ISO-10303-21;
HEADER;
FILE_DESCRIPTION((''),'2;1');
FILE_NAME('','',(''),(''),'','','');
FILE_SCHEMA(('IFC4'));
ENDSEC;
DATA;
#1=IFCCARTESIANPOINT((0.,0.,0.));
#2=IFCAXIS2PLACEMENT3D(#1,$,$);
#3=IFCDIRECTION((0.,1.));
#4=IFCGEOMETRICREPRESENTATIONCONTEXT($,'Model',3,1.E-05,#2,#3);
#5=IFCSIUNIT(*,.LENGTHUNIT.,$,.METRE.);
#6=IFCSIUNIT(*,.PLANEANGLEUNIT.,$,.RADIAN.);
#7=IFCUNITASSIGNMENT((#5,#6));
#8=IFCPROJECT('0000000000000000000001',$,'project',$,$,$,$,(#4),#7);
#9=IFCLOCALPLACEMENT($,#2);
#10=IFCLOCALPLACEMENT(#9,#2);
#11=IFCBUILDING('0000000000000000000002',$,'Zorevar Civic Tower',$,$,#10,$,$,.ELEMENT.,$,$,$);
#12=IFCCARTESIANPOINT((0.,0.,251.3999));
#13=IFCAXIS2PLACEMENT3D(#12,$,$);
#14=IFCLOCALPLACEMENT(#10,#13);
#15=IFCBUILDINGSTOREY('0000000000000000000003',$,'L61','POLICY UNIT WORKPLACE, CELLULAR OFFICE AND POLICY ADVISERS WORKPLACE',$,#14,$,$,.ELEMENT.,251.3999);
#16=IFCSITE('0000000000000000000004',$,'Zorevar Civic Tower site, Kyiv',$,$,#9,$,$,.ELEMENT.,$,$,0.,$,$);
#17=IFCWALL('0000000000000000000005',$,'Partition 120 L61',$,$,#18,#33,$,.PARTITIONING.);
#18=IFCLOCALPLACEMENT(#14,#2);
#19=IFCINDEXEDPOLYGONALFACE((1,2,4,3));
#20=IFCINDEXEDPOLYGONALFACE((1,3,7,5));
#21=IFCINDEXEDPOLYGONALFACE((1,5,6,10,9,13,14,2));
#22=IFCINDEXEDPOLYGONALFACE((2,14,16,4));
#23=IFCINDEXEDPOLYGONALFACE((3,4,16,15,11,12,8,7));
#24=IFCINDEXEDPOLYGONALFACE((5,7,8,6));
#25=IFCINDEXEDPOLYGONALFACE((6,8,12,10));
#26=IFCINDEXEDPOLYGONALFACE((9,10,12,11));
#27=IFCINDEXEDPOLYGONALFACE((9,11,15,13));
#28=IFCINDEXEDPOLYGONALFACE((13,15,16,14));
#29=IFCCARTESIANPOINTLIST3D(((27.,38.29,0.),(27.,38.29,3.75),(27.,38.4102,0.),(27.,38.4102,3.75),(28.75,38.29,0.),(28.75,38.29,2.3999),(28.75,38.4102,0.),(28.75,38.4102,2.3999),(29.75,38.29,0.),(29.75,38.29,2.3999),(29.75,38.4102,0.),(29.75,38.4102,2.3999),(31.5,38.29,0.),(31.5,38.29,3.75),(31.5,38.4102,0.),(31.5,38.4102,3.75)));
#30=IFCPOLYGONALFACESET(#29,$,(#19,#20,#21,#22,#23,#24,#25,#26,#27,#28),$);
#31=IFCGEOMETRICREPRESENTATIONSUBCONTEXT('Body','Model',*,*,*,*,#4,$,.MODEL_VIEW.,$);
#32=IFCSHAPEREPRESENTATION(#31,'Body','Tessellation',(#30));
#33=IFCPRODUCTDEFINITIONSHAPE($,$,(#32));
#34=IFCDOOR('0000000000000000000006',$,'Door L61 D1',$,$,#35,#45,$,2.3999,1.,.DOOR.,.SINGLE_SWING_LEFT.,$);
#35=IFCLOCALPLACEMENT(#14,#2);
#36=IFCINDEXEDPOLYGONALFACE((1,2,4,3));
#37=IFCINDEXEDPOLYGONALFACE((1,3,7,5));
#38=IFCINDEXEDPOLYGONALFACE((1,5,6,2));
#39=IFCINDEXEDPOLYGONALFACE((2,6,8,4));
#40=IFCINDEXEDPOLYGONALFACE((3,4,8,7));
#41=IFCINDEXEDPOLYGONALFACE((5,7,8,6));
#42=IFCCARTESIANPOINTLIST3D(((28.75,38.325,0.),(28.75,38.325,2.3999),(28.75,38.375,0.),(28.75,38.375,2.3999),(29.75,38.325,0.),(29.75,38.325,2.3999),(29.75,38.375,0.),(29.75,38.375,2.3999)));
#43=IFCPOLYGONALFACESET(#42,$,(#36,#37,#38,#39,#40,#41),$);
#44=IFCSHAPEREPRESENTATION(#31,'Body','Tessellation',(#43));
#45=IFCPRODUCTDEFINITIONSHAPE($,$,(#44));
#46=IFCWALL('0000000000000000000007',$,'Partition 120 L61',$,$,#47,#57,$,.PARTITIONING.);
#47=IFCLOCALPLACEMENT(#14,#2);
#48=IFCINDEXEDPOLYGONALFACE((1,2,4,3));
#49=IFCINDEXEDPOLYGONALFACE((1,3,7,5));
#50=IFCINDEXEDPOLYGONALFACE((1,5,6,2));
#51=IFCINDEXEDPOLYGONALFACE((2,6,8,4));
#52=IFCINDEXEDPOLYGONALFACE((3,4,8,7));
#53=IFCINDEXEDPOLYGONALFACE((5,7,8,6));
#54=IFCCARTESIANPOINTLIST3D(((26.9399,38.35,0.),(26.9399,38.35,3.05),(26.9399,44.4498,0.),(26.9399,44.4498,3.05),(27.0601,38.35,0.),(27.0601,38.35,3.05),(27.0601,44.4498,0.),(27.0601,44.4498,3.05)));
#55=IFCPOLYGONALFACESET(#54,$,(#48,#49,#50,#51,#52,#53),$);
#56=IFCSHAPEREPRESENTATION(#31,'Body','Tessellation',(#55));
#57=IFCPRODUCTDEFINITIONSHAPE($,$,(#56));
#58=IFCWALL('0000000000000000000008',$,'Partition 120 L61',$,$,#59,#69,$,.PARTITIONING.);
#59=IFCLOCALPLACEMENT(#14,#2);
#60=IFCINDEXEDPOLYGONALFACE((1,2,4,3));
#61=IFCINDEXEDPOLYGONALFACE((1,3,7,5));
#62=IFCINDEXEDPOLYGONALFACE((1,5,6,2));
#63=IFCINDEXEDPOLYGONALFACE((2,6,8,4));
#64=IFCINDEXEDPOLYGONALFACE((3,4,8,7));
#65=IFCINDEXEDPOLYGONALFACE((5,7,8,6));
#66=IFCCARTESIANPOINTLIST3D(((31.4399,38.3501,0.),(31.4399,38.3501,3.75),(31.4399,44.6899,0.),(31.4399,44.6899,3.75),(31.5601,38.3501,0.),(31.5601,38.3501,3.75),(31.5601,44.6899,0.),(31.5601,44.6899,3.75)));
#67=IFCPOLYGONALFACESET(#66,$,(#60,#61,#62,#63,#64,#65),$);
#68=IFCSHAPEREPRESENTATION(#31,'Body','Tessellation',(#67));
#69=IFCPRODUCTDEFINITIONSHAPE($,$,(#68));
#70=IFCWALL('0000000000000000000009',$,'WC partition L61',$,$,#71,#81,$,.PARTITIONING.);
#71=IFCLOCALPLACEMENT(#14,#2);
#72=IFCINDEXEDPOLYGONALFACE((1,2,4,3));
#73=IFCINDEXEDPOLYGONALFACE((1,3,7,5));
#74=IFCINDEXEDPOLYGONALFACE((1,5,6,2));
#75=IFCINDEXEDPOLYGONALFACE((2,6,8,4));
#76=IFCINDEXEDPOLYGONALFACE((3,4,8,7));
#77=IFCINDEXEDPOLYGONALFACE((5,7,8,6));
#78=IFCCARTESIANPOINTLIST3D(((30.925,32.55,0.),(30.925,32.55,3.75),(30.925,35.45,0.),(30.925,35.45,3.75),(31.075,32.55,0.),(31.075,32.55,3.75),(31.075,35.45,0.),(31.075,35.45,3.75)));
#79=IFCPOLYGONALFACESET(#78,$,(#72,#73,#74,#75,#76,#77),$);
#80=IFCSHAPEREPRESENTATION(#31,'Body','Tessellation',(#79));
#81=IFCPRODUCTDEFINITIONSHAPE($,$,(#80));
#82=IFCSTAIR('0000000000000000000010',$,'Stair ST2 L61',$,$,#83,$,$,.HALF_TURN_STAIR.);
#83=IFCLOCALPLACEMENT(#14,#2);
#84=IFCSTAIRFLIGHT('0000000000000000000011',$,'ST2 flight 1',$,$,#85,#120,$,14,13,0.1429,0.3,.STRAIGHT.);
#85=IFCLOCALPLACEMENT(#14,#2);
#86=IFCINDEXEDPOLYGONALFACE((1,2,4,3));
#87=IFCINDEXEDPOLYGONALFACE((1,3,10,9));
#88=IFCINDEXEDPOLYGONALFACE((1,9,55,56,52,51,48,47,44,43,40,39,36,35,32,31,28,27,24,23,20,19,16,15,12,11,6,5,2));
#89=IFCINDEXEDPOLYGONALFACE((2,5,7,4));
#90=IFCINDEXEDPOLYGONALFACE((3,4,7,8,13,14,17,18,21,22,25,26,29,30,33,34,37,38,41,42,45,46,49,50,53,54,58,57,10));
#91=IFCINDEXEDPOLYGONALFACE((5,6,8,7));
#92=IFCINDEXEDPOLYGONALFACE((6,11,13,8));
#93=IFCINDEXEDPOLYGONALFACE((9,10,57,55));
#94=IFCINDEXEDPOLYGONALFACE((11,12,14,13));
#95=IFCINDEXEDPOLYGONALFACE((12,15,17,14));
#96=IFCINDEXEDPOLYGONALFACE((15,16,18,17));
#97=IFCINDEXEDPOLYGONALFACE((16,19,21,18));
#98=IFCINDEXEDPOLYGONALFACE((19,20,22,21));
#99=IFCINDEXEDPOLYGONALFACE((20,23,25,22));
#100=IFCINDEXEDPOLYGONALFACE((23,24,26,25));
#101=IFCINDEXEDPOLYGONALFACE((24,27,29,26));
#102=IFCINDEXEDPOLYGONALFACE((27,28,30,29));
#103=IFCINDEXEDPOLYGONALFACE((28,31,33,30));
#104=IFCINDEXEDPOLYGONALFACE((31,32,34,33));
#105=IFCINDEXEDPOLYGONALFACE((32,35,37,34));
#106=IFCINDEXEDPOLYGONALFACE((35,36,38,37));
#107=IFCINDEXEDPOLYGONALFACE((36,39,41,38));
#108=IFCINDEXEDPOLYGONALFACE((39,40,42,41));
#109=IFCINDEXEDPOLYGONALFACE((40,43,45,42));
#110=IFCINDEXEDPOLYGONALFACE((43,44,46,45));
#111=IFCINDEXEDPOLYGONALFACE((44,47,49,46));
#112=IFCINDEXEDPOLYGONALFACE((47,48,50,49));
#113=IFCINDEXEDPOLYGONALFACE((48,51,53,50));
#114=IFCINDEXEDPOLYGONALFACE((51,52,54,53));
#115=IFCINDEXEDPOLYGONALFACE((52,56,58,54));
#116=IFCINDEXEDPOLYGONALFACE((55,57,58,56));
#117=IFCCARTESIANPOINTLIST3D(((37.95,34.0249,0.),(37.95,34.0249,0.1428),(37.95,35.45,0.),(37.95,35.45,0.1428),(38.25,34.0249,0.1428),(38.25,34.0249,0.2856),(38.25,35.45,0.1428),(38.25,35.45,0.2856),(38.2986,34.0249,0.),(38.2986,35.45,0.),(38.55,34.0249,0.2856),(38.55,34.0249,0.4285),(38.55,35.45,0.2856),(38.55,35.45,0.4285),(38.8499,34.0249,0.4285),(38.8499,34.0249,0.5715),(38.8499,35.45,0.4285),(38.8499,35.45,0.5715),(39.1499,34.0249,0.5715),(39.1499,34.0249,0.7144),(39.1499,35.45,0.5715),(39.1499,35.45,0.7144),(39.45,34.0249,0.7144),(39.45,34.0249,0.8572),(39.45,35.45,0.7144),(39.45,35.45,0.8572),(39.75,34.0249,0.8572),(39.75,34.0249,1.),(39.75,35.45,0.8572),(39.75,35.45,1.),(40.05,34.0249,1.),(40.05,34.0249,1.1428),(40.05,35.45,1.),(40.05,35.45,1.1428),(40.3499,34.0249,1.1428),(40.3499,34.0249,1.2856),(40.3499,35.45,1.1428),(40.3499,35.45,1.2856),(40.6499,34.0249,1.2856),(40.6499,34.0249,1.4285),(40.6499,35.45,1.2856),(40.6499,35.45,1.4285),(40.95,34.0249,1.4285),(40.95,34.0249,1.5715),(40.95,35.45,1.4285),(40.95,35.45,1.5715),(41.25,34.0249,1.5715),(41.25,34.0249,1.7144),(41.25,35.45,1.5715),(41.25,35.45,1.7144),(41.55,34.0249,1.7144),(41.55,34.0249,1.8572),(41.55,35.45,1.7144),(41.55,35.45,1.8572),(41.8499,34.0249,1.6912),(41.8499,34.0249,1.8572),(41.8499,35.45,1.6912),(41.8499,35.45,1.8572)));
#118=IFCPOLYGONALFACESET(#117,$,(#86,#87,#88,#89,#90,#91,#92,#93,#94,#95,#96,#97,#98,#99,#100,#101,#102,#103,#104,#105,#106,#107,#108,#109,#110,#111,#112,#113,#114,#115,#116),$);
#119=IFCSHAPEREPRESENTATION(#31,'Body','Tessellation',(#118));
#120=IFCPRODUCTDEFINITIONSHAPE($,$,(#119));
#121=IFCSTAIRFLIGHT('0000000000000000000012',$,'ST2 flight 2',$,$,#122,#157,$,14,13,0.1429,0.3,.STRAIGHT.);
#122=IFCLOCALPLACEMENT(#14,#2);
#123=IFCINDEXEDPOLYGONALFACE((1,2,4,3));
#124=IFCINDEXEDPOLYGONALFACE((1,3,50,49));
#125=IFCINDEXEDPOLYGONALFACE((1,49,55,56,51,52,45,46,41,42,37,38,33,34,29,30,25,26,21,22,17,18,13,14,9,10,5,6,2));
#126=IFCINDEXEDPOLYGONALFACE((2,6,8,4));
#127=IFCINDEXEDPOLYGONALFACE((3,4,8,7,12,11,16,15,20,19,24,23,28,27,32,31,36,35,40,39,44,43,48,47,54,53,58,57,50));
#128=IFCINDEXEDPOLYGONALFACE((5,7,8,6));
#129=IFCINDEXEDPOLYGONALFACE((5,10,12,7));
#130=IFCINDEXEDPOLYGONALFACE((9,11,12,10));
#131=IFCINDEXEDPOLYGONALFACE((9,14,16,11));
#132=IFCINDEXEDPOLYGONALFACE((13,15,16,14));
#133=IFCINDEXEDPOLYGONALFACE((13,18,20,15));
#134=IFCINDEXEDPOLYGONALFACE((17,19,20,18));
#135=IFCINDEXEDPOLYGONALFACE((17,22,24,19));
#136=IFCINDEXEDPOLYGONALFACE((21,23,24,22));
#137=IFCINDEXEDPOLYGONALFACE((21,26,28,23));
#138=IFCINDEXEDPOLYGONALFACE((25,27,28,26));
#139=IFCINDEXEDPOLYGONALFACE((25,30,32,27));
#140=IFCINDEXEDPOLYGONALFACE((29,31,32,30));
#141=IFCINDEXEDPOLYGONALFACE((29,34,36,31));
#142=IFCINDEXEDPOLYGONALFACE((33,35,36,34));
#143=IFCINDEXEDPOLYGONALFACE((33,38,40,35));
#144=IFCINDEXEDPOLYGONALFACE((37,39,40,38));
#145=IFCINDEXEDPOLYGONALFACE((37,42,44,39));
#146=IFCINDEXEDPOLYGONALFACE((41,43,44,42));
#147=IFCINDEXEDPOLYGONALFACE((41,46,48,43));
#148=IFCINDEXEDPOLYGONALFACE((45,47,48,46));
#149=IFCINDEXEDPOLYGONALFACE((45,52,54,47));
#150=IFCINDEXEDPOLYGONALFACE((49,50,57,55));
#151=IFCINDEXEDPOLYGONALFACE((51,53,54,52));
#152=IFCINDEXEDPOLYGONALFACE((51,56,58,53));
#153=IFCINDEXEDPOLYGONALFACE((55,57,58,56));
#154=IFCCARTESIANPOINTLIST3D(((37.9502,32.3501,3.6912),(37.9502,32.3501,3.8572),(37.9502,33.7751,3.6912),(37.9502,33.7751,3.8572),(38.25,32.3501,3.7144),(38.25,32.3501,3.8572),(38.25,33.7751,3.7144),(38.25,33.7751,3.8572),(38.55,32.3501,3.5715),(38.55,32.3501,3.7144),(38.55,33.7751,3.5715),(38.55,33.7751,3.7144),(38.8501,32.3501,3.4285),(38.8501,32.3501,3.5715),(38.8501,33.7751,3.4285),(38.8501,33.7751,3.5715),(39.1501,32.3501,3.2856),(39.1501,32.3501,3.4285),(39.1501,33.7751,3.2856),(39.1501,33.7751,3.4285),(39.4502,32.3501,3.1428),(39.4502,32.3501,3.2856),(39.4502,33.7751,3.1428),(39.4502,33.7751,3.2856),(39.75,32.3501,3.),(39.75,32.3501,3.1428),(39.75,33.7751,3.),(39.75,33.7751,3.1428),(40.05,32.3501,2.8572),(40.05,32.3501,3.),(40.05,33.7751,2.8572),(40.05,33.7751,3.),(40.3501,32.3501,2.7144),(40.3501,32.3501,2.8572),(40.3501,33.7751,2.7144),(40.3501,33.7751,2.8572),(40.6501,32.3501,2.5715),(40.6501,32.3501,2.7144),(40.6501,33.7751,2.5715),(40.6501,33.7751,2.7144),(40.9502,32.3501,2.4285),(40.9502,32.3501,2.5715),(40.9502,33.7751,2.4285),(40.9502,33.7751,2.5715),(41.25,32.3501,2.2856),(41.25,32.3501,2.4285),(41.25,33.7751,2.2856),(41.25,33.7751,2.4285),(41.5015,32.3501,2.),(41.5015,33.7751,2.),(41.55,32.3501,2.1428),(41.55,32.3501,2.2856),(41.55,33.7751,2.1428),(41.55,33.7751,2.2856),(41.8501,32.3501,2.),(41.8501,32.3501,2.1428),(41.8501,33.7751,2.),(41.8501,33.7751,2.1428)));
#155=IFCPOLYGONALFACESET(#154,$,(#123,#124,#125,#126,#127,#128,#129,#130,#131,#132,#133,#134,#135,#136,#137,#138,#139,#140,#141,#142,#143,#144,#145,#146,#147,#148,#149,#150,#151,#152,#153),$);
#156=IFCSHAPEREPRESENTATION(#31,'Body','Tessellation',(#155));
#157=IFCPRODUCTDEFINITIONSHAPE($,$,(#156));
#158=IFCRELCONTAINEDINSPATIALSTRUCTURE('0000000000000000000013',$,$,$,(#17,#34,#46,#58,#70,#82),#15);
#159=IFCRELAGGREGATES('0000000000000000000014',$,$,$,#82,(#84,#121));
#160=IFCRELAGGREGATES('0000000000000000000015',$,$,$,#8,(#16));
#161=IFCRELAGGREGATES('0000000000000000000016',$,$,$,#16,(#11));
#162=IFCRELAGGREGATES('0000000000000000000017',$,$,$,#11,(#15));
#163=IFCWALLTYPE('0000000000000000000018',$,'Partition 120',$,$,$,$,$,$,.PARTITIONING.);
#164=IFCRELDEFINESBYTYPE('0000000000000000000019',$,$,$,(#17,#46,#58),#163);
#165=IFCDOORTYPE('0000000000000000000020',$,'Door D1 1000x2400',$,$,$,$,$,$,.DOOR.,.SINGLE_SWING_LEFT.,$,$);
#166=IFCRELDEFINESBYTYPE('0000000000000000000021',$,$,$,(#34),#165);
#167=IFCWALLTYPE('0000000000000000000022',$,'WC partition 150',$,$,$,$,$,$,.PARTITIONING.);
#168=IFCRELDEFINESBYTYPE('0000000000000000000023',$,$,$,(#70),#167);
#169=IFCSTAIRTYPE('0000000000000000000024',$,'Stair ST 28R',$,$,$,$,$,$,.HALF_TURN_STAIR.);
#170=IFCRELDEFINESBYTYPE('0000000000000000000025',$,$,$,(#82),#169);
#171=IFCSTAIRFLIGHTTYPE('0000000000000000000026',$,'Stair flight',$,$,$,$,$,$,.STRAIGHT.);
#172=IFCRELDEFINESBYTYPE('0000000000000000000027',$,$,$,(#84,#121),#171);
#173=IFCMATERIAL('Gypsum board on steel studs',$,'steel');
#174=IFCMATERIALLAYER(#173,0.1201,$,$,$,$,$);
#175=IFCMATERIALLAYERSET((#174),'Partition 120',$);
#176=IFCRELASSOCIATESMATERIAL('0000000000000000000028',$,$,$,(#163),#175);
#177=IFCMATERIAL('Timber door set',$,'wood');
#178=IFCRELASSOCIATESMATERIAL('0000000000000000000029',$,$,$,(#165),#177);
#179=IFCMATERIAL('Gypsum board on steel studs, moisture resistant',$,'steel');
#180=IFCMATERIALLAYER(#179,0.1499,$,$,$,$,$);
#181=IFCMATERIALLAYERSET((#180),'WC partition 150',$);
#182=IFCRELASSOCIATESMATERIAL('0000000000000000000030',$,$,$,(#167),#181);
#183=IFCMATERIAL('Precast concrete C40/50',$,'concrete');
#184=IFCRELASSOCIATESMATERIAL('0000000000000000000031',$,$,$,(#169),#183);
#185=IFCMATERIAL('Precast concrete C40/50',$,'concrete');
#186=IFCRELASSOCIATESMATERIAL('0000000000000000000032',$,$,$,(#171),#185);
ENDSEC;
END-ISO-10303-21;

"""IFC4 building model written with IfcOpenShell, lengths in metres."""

from ifc_helpers import new_model, si_unit, direction, frame, frame_2d, origin, place, context, subcontext, project, spatial, polyline, rectangle, outline, extrude, material, layer, layer_set, type_object, element, fill, aggregate, save


model = new_model("IFC4")

# Units and contexts
model_context = context("Model", 3, precision=1e-05, world=origin(), true_north=direction((0.0, 1.0)))
body_context = subcontext(model_context, "Body", "Model", "MODEL_VIEW")
ifc_project = project(units=[si_unit("LENGTHUNIT", "METRE"), si_unit("PLANEANGLEUNIT", "RADIAN")], contexts=[model_context])

# Site, building, storey
site_placement = place(None, origin())
site = spatial("IfcSite", under=ifc_project, at=site_placement, Name="Zorevar Civic Tower site, Kyiv", CompositionType="ELEMENT", RefElevation=0.0)
building_placement = place(site_placement, origin())
building = spatial("IfcBuilding", under=site, at=building_placement, Name="Zorevar Civic Tower", CompositionType="ELEMENT")
storey_placement = place(building_placement, frame((0.0, 0.0, 251.3999)))
storey = spatial("IfcBuildingStorey", under=building, at=storey_placement, Name="L61", Description="POLICY UNIT WORKPLACE, CELLULAR OFFICE AND POLICY ADVISERS WORKPLACE", CompositionType="ELEMENT", Elevation=251.3999)

# Wall, opening, door
ifc_material_1 = material(Name="Gypsum board on steel studs", Category="steel")
ifc_layer_1 = layer(ifc_material_1, 0.1201)
ifc_layer_set_1 = layer_set([ifc_layer_1], Name="Partition 120")
wall_type_1 = type_object("IfcWallType", Name="Partition 120", PredefinedType="PARTITIONING", material=ifc_layer_set_1)
wall_1_placement = place(storey_placement, frame((27.0, 38.3501, 0.0), z_axis=(0.0, 0.0, 1.0), x_axis=(1.0, 0.0, 0.0)))
wall_1 = element("IfcWall", 1, at=wall_1_placement, inside=storey, type_object=wall_type_1, Name="Partition 120 L61", PredefinedType="PARTITIONING", context=body_context, shape_type="SweptSolid", body=[
    extrude(rectangle(XDim=4.5, YDim=0.1201, at=frame_2d((2.25, 0.0))), origin(), (0.0, 0.0, 1.0), 3.75),
])
opening_1_placement = place(wall_1_placement, frame((1.75, 0.0, 0.0)))
opening_1 = element("IfcOpeningElement", 2, at=opening_1_placement, cuts=wall_1, PredefinedType="OPENING", context=body_context, shape_type="SweptSolid", body=[
    extrude(rectangle(XDim=1.0, YDim=2.3999, at=frame_2d((0.5, 1.2))), frame((0.0, 0.0701, 0.0), z_axis=(0.0, -1.0, 0.0), x_axis=(1.0, 0.0, 0.0)), (0.0, 0.0, 1.0), 0.1401),
])
ifc_material_2 = material(Name="Timber door set", Category="wood")
door_type_1 = type_object("IfcDoorType", Name="Door D1 1000x2400", OperationType="SINGLE_SWING_LEFT", PredefinedType="DOOR", material=ifc_material_2)
door_1_placement = place(opening_1_placement, origin())
door_1 = element("IfcDoor", 3, at=door_1_placement, inside=storey, type_object=door_type_1, Name="Door L61 D1", OperationType="SINGLE_SWING_LEFT", OverallHeight=2.3999, OverallWidth=1.0, PredefinedType="DOOR", context=body_context, shape_type="SweptSolid", body=[
    extrude(rectangle(XDim=1.0, YDim=2.3999, at=frame_2d((0.5, 1.2))), frame((0.0, 0.0249, 0.0), z_axis=(0.0, -1.0, 0.0), x_axis=(1.0, 0.0, 0.0)), (0.0, 0.0, 1.0), 0.05),
])
fill(opening_1, door_1)

# Walls
wall_2_placement = place(storey_placement, frame((27.0, 38.3501, 0.0), z_axis=(0.0, 0.0, 1.0), x_axis=(0.0, 1.0, 0.0)))
element("IfcWall", 4, at=wall_2_placement, inside=storey, type_object=wall_type_1, Name="Partition 120 L61", PredefinedType="PARTITIONING", context=body_context, shape_type="SweptSolid", body=[
    extrude(rectangle(XDim=6.0999, YDim=0.1201, at=frame_2d((3.0498, 0.0))), origin(), (0.0, 0.0, 1.0), 3.05),
])
wall_3_placement = place(storey_placement, frame((31.5, 38.3501, 0.0), z_axis=(0.0, 0.0, 1.0), x_axis=(0.0, 1.0, 0.0)))
element("IfcWall", 5, at=wall_3_placement, inside=storey, type_object=wall_type_1, Name="Partition 120 L61", PredefinedType="PARTITIONING", context=body_context, shape_type="SweptSolid", body=[
    extrude(rectangle(XDim=6.3398, YDim=0.1201, at=frame_2d((3.1699, 0.0))), origin(), (0.0, 0.0, 1.0), 3.75),
])
ifc_material_3 = material(Name="Gypsum board on steel studs, moisture resistant", Category="steel")
ifc_layer_2 = layer(ifc_material_3, 0.1499)
ifc_layer_set_2 = layer_set([ifc_layer_2], Name="WC partition 150")
wall_type_2 = type_object("IfcWallType", Name="WC partition 150", PredefinedType="PARTITIONING", material=ifc_layer_set_2)
wall_4_placement = place(storey_placement, frame((31.0, 32.55, 0.0), z_axis=(0.0, 0.0, 1.0), x_axis=(0.0, 1.0, 0.0)))
element("IfcWall", 6, at=wall_4_placement, inside=storey, type_object=wall_type_2, Name="WC partition L61", PredefinedType="PARTITIONING", context=body_context, shape_type="SweptSolid", body=[
    extrude(rectangle(XDim=2.8999, YDim=0.1499, at=frame_2d((1.45, 0.0))), origin(), (0.0, 0.0, 1.0), 3.75),
])

# Stair, stair flights
ifc_material_4 = material(Name="Precast concrete C40/50", Category="concrete")
stair_type = type_object("IfcStairType", Name="Stair ST 28R", PredefinedType="HALF_TURN_STAIR", material=ifc_material_4)
stair_placement = place(storey_placement, origin())
stair = element("IfcStair", 7, at=stair_placement, inside=storey, type_object=stair_type, Name="Stair ST2 L61", PredefinedType="HALF_TURN_STAIR")
ifc_material_5 = material(Name="Precast concrete C40/50", Category="concrete")
stair_flight_type = type_object("IfcStairFlightType", Name="Stair flight", PredefinedType="STRAIGHT", material=ifc_material_5)
stair_flight_1_placement = place(storey_placement, frame((37.95, 34.7375, 0.0), z_axis=(0.0, 0.0, 1.0), x_axis=(1.0, 0.0, 0.0)))
stair_flight_1 = element("IfcStairFlight", 8, at=stair_flight_1_placement, type_object=stair_flight_type, Name="ST2 flight 1", NumberOfRisers=14, NumberOfTreads=13, PredefinedType="STRAIGHT", RiserHeight=0.1429, TreadLength=0.3, context=body_context, shape_type="SweptSolid", body=[
    extrude(outline(polyline([(0.0, 0.0), (0.0, 0.1428), (0.3, 0.1428), (0.3, 0.2856), (0.6001, 0.2856), (0.6001, 0.4285), (0.8999, 0.4285), (0.8999, 0.5715), (1.2, 0.5715), (1.2, 0.7144), (1.5, 0.7144), (1.5, 0.8572), (1.8, 0.8572), (1.8, 1.0), (2.1001, 1.0), (2.1001, 1.1428), (2.3999, 1.1428), (2.3999, 1.2856), (2.7, 1.2856), (2.7, 1.4285), (3.0, 1.4285), (3.0, 1.5715), (3.3, 1.5715), (3.3, 1.7144), (3.6001, 1.7144), (3.6001, 1.8572), (3.8999, 1.8572), (3.8999, 2.0), (3.8999, 1.6912), (0.3486, 0.0), (0.0, 0.0)])), frame((0.0, 0.7124, 0.0), z_axis=(0.0, -1.0, 0.0), x_axis=(1.0, 0.0, 0.0)), (0.0, 0.0, 1.0), 1.425),
])
stair_flight_2_placement = place(storey_placement, frame((41.8501, 33.0625, 2.0), z_axis=(0.0, 0.0, 1.0), x_axis=(-1.0, 0.0, 0.0)))
stair_flight_2 = element("IfcStairFlight", 9, at=stair_flight_2_placement, type_object=stair_flight_type, Name="ST2 flight 2", NumberOfRisers=14, NumberOfTreads=13, PredefinedType="STRAIGHT", RiserHeight=0.1429, TreadLength=0.3, context=body_context, shape_type="SweptSolid", body=[
    extrude(outline(polyline([(0.0, 0.0), (0.0, 0.1428), (0.3, 0.1428), (0.3, 0.2856), (0.6001, 0.2856), (0.6001, 0.4285), (0.8999, 0.4285), (0.8999, 0.5715), (1.2, 0.5715), (1.2, 0.7144), (1.5, 0.7144), (1.5, 0.8572), (1.8, 0.8572), (1.8, 1.0), (2.1001, 1.0), (2.1001, 1.1428), (2.3999, 1.1428), (2.3999, 1.2856), (2.7, 1.2856), (2.7, 1.4285), (3.0, 1.4285), (3.0, 1.5715), (3.3, 1.5715), (3.3, 1.7144), (3.6001, 1.7144), (3.6001, 1.8572), (3.8999, 1.8572), (3.8999, 2.0), (3.8999, 1.6912), (0.3486, 0.0), (0.0, 0.0)])), frame((0.0, 0.7124, 0.0), z_axis=(0.0, -1.0, 0.0), x_axis=(1.0, 0.0, 0.0)), (0.0, 0.0, 1.0), 1.425),
])
aggregate(stair, [stair_flight_1, stair_flight_2])

save(model, "model.ifc")
